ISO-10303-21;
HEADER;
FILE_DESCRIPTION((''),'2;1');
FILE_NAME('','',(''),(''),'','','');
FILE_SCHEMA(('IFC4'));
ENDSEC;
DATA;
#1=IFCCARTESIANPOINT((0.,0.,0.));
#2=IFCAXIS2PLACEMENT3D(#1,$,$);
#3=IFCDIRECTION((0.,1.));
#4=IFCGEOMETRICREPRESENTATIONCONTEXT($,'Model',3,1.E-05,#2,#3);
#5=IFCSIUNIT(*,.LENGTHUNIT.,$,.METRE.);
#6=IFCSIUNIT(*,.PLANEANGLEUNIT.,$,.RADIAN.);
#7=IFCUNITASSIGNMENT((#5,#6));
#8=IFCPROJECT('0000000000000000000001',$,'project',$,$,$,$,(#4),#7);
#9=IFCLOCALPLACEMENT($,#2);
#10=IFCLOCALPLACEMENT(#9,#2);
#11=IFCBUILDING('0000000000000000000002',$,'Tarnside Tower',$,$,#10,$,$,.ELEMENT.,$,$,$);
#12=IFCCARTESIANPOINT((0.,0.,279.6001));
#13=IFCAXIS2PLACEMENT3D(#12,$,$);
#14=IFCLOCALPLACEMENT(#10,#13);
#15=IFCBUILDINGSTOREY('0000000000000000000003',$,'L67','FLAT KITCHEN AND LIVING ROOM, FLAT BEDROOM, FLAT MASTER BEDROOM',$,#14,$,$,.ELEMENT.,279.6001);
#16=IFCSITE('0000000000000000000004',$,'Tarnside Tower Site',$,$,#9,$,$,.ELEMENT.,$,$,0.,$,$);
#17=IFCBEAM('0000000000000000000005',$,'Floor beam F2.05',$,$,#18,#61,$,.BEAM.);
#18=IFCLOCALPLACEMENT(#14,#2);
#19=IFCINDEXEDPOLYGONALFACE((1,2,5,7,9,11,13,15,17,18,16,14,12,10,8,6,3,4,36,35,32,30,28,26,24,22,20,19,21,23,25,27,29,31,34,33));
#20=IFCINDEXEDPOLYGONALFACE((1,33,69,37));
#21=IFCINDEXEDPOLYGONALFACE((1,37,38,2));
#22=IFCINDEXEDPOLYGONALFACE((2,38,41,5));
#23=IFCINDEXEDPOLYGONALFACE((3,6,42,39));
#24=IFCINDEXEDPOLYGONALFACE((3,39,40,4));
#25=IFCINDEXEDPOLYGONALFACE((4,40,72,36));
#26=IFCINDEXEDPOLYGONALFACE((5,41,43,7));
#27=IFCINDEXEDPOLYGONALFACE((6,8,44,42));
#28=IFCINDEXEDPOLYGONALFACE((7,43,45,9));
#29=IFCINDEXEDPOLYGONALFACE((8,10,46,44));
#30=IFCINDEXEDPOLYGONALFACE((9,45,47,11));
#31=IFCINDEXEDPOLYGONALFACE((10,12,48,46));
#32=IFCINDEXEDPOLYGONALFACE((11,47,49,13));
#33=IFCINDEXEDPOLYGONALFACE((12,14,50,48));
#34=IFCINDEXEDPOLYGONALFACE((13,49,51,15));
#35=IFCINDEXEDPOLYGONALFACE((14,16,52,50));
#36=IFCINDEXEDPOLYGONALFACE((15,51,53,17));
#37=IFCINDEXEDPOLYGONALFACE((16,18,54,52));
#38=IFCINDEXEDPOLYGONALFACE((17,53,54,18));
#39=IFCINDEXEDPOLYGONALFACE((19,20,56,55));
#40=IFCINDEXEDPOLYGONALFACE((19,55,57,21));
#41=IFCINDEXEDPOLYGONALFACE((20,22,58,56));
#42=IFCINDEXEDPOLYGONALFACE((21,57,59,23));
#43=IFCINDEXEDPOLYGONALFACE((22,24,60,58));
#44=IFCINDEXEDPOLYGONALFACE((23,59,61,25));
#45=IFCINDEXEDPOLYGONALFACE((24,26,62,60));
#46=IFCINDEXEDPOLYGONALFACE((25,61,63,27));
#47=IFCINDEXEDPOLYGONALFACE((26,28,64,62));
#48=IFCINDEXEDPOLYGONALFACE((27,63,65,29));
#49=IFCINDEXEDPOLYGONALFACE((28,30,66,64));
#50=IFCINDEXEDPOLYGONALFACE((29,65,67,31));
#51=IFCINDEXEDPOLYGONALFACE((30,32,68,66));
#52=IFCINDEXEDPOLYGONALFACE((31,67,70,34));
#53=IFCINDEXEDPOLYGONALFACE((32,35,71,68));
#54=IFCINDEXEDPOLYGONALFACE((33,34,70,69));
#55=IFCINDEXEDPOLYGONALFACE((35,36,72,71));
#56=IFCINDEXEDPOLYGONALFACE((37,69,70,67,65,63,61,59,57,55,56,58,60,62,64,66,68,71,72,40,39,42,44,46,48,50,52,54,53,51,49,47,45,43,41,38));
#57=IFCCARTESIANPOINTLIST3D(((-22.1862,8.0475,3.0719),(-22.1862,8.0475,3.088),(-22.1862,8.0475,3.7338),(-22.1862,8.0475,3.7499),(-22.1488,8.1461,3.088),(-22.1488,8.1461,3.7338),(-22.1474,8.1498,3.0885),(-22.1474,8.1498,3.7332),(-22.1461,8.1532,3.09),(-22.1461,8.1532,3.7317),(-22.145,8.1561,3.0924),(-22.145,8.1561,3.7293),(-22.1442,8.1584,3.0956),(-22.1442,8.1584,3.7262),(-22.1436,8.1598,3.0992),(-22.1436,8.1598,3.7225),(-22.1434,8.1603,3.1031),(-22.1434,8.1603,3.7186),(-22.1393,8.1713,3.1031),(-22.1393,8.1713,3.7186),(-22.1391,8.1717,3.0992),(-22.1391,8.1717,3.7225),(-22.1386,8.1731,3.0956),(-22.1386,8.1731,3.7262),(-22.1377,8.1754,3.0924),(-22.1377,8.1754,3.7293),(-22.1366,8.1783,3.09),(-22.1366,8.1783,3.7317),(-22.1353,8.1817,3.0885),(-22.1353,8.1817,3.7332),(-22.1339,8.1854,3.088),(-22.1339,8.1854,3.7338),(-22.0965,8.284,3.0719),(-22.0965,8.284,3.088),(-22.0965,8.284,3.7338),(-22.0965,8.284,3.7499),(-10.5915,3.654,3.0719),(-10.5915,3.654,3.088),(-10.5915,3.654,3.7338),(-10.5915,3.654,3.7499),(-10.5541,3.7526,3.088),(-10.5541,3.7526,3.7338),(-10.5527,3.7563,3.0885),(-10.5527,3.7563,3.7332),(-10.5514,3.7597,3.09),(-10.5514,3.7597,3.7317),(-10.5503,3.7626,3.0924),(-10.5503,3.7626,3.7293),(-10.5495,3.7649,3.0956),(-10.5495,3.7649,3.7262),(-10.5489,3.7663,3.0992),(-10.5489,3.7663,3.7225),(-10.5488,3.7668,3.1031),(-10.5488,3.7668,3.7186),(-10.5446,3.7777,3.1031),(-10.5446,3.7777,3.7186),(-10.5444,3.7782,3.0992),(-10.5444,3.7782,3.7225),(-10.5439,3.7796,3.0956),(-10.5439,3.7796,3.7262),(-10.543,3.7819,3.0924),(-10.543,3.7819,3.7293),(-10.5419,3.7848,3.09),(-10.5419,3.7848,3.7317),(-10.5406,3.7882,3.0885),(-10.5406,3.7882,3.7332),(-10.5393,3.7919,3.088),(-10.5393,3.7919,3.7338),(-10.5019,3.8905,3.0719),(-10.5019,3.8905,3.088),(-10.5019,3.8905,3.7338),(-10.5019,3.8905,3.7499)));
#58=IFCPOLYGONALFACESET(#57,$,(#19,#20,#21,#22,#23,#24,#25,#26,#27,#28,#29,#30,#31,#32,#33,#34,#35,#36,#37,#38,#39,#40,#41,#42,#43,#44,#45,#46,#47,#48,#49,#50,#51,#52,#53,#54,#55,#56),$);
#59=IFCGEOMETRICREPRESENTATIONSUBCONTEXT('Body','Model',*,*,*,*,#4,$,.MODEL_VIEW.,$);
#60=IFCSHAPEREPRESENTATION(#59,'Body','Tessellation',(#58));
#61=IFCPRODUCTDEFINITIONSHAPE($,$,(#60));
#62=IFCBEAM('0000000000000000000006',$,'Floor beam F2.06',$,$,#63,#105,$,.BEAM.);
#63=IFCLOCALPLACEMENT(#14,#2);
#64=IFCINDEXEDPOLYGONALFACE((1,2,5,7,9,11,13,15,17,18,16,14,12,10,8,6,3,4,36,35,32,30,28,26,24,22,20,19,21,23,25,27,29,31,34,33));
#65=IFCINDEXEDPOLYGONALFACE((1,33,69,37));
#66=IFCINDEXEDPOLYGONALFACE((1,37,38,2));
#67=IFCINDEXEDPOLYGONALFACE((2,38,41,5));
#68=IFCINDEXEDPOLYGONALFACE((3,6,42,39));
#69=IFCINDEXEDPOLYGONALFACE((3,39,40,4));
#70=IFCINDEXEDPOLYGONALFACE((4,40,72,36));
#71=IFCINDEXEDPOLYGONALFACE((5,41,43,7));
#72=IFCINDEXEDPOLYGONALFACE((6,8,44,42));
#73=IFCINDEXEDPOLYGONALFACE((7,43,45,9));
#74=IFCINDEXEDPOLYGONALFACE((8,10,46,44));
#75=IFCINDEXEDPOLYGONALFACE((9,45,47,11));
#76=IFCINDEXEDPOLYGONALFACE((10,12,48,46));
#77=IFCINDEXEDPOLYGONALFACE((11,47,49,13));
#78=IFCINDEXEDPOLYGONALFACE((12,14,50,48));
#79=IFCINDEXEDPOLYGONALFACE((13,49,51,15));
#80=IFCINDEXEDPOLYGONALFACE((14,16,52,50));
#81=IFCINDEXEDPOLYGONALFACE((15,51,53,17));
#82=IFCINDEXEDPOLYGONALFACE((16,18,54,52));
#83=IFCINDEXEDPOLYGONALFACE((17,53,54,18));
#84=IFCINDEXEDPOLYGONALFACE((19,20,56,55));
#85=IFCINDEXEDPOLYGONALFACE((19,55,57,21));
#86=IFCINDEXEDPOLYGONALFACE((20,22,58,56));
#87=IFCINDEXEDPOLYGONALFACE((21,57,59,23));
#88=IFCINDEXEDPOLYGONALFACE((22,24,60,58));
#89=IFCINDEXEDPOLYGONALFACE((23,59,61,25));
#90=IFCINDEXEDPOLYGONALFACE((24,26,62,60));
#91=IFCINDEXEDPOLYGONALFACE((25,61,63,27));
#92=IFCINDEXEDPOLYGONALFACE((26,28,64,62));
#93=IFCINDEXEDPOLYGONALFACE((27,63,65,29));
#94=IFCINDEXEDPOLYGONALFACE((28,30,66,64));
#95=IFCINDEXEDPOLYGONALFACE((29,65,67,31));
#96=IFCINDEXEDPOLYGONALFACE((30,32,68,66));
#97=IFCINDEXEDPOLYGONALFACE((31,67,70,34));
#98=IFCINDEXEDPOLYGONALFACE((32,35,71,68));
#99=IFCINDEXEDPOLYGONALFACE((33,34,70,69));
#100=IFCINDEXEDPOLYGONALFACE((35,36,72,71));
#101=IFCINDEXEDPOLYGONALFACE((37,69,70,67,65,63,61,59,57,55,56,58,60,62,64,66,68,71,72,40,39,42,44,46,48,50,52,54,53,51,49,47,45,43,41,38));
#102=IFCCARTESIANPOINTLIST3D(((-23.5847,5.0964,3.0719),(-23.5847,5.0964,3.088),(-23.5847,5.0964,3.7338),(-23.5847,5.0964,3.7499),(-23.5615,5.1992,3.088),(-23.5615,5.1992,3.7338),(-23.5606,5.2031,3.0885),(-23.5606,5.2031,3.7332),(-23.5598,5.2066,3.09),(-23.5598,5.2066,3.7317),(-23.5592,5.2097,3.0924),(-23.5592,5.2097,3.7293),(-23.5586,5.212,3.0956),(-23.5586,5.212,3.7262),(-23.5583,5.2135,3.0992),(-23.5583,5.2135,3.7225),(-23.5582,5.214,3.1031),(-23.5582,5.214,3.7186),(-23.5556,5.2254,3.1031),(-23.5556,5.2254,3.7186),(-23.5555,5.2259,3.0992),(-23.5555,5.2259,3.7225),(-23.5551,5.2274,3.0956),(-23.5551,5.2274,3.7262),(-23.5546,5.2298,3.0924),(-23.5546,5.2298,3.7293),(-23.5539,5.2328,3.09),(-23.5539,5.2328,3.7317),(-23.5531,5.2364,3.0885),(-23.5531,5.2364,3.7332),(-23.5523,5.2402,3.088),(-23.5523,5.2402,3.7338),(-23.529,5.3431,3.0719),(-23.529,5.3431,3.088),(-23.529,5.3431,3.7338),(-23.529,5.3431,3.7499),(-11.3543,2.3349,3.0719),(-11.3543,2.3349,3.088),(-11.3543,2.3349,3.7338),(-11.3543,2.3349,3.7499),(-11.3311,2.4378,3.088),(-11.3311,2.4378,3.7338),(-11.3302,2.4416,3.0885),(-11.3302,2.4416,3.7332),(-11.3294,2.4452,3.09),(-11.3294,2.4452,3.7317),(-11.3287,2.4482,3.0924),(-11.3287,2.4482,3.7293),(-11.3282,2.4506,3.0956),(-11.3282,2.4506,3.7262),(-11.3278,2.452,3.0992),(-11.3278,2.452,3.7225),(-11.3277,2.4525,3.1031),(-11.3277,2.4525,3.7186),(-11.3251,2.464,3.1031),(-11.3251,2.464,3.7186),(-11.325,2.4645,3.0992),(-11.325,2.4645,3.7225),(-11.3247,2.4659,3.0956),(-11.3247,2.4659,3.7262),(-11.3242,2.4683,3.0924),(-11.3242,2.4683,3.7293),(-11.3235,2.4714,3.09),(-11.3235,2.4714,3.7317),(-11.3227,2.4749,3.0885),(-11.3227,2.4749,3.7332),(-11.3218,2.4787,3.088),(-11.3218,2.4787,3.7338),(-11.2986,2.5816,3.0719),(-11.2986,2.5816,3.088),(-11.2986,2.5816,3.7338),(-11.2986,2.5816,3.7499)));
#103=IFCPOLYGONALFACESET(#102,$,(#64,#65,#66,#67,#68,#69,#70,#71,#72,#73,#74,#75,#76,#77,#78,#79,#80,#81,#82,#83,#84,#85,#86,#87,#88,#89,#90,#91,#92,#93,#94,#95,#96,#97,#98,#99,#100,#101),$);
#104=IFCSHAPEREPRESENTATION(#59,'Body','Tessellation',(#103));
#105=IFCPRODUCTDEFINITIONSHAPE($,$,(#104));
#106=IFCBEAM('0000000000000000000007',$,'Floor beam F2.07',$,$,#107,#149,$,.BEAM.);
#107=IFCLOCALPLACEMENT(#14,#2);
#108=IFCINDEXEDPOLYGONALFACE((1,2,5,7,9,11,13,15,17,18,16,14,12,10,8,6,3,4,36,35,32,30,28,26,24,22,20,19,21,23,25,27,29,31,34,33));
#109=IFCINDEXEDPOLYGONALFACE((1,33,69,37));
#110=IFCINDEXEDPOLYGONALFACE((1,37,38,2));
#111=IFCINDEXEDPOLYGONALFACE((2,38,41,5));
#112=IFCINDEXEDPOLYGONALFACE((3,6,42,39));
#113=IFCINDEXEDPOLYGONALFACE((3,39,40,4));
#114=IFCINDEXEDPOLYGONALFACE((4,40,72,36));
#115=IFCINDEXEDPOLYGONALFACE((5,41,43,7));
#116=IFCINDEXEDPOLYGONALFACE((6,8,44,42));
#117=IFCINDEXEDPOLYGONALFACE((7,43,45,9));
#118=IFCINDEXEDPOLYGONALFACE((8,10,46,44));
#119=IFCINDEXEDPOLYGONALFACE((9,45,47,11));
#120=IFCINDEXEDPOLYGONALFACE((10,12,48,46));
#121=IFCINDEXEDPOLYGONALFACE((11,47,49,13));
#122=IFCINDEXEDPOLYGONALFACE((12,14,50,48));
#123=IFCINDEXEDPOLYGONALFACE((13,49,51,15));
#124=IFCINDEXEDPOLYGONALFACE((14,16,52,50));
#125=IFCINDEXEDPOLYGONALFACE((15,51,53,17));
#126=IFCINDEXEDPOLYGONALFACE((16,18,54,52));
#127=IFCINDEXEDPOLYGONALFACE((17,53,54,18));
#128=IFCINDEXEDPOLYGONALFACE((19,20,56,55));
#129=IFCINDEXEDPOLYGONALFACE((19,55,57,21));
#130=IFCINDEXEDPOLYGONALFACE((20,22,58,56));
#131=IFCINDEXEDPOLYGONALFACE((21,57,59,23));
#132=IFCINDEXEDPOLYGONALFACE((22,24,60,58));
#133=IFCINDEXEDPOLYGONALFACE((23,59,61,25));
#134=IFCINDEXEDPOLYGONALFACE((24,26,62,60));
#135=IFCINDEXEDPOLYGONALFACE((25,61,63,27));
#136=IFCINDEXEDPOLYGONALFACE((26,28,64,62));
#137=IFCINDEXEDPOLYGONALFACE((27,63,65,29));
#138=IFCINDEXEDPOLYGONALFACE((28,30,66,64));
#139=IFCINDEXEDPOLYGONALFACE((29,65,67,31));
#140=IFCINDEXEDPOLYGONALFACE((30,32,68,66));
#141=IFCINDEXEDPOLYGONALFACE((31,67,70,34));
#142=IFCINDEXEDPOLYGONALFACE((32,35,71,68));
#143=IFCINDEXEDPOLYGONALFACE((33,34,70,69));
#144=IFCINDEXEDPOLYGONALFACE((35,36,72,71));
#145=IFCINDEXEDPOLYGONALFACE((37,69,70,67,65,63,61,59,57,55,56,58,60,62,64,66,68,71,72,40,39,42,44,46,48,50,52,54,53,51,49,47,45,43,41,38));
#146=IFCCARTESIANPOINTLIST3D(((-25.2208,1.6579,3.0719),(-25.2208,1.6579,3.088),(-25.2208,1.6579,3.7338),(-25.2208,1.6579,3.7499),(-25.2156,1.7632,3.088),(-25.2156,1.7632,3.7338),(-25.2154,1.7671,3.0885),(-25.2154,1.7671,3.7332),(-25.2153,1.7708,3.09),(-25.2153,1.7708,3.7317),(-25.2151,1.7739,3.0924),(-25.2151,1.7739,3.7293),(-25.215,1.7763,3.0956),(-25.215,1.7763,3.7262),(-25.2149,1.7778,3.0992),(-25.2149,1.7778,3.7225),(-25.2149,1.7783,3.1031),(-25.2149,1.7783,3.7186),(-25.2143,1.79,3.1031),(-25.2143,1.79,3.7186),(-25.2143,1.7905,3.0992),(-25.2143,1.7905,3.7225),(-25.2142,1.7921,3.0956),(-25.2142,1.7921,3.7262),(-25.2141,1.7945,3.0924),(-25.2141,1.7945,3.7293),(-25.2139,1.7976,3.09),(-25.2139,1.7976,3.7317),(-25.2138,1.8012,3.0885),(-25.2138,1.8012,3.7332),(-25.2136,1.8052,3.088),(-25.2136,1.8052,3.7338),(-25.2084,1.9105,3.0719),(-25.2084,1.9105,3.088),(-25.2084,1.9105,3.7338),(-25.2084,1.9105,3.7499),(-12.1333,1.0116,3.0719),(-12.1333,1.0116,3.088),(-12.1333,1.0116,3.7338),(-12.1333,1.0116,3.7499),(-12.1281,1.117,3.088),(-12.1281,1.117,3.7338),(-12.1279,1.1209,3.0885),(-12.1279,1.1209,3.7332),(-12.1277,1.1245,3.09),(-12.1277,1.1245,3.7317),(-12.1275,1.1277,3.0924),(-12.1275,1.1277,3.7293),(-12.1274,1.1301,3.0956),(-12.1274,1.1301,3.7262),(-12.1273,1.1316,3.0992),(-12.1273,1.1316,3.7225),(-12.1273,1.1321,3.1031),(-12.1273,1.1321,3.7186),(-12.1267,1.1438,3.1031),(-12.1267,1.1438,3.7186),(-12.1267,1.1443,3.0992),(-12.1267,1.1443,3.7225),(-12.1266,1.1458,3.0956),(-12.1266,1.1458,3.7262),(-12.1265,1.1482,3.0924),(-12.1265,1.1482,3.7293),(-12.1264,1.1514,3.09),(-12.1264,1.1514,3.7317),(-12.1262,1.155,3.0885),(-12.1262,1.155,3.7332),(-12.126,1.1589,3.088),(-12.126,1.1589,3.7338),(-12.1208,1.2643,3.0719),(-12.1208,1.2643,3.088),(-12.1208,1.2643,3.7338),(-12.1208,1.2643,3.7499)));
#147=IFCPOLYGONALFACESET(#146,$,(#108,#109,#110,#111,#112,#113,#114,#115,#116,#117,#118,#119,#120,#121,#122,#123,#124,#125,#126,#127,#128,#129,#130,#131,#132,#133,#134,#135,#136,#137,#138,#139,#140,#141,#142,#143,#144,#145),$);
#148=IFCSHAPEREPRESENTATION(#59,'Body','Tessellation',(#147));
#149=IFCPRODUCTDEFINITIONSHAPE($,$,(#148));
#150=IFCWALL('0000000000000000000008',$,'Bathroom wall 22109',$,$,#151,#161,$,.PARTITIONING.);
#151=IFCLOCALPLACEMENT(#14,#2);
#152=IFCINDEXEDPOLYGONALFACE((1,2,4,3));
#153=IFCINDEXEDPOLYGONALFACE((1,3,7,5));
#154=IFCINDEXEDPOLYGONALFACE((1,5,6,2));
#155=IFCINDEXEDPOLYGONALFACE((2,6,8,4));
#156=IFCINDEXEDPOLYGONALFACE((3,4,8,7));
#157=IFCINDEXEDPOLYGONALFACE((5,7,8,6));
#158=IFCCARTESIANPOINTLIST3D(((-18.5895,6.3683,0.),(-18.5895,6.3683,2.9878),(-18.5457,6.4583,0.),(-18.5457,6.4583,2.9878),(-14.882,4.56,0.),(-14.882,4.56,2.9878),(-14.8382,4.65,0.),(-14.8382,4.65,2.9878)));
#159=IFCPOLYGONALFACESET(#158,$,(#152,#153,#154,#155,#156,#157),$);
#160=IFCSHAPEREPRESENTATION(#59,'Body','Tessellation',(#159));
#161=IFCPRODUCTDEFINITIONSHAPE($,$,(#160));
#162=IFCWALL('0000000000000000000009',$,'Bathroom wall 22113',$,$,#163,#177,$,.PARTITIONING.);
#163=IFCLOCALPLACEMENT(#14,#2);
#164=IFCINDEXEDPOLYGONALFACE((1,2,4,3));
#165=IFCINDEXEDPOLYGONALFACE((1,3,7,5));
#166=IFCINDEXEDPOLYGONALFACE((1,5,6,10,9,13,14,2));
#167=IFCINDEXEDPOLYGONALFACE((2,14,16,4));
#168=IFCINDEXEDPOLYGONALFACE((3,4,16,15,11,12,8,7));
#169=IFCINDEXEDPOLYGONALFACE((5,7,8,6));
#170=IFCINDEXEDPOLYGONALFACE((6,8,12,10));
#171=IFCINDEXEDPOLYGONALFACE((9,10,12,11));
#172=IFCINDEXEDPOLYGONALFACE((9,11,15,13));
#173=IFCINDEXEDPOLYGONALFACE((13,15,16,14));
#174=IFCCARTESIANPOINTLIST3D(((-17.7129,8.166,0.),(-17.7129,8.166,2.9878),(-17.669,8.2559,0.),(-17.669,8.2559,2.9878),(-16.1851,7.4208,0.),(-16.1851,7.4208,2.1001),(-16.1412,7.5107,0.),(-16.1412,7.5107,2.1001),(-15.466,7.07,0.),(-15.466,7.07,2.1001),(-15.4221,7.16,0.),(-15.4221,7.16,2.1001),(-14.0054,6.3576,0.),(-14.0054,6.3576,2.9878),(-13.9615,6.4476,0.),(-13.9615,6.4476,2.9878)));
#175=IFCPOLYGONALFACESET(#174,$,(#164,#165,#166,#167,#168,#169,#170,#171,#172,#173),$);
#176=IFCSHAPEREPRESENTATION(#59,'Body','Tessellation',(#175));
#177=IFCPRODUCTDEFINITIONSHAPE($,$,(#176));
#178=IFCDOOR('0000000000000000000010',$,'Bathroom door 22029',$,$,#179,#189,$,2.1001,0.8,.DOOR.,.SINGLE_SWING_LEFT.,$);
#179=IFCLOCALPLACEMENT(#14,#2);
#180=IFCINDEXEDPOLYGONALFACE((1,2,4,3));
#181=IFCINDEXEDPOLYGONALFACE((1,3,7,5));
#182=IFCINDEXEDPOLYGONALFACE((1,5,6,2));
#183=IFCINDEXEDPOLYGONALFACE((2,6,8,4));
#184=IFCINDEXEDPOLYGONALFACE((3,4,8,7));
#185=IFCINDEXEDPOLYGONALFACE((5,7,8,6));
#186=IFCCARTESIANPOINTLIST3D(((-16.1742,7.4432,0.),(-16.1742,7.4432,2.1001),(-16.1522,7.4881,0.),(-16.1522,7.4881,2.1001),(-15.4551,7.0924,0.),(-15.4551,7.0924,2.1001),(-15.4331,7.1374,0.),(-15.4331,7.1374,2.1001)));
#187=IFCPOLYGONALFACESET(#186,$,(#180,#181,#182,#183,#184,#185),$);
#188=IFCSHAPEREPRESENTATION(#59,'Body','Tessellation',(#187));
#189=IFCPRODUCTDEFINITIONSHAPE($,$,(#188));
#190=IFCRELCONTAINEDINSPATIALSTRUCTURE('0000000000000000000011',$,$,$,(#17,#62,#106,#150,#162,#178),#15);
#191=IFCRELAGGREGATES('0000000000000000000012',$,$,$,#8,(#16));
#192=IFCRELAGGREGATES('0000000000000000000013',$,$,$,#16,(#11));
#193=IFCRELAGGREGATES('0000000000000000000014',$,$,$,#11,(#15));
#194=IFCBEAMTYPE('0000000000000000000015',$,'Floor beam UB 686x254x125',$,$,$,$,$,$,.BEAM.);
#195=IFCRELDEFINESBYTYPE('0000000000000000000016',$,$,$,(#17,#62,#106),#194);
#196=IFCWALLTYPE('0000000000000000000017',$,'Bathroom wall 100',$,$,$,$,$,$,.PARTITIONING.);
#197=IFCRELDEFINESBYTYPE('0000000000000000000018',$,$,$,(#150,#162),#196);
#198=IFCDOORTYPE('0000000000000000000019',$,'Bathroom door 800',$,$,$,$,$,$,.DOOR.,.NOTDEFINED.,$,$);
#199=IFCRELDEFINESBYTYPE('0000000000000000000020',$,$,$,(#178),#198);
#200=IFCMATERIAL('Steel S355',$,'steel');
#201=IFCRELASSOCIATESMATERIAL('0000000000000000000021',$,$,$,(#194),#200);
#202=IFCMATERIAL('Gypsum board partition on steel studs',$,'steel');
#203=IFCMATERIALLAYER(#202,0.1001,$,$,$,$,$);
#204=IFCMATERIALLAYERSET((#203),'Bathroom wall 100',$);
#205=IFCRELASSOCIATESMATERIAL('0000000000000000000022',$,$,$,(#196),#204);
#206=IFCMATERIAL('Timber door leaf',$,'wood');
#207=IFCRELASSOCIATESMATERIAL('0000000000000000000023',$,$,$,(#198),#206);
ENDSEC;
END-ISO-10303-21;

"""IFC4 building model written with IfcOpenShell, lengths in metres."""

from ifc_helpers import new_model, si_unit, direction, frame, frame_2d, origin, origin_2d, place, context, subcontext, project, spatial, rectangle, i_section, extrude, material, layer, layer_set, material_profile, profile_set, type_object, element, fill, save


model = new_model("IFC4")

# Units and contexts
model_context = context("Model", 3, precision=1e-05, world=origin(), true_north=direction((0.0, 1.0)))
body_context = subcontext(model_context, "Body", "Model", "MODEL_VIEW")
ifc_project = project(units=[si_unit("LENGTHUNIT", "METRE"), si_unit("PLANEANGLEUNIT", "RADIAN")], contexts=[model_context])

# Site, building, storey
site_placement = place(None, origin())
site = spatial("IfcSite", under=ifc_project, at=site_placement, Name="Tarnside Tower Site", CompositionType="ELEMENT", RefElevation=0.0)
building_placement = place(site_placement, origin())
building = spatial("IfcBuilding", under=site, at=building_placement, Name="Tarnside Tower", CompositionType="ELEMENT")
storey_placement = place(building_placement, frame((0.0, 0.0, 279.6001)))
storey = spatial("IfcBuildingStorey", under=building, at=storey_placement, Name="L67", Description="FLAT KITCHEN AND LIVING ROOM, FLAT BEDROOM, FLAT MASTER BEDROOM", CompositionType="ELEMENT", Elevation=279.6001)

# Beams
ifc_material_1 = material(Name="Steel S355", Category="steel")
ifc_material_profile = material_profile(ifc_material_1, i_section(OverallWidth=0.2529, OverallDepth=0.678, WebThickness=0.0117, FlangeThickness=0.0161, FilletRadius=0.0151, at=origin_2d()), Name="UB 686x254x125")
ifc_profile_set = profile_set([ifc_material_profile], Name="Steel S355")
beam_type = type_object("IfcBeamType", Name="Floor beam UB 686x254x125", PredefinedType="BEAM", material=ifc_profile_set)
beam_1_placement = place(storey_placement, frame((-22.1414, 8.1658, 3.4109), z_axis=(0.935116, -0.354341, 0.0), x_axis=(0.354341, 0.935116, 0.0)))
element("IfcBeam", 1, at=beam_1_placement, inside=storey, type_object=beam_type, Name="Floor beam F2.05", PredefinedType="BEAM", context=body_context, shape_type="SweptSolid", body=[
    extrude(i_section(OverallWidth=0.2529, OverallDepth=0.678, WebThickness=0.0117, FlangeThickness=0.0161, FilletRadius=0.0151, at=origin_2d()), origin(), (0.0, 0.0, 1.0), 12.3992),
])
beam_2_placement = place(storey_placement, frame((-23.5569, 5.2197, 3.4109), z_axis=(0.975445, -0.220242, 0.0), x_axis=(0.220242, 0.975445, 0.0)))
element("IfcBeam", 2, at=beam_2_placement, inside=storey, type_object=beam_type, Name="Floor beam F2.06", PredefinedType="BEAM", context=body_context, shape_type="SweptSolid", body=[
    extrude(i_section(OverallWidth=0.2529, OverallDepth=0.678, WebThickness=0.0117, FlangeThickness=0.0161, FilletRadius=0.0151, at=origin_2d()), origin(), (0.0, 0.0, 1.0), 12.5383),
])
beam_3_placement = place(storey_placement, frame((-25.2146, 1.7842, 3.4109), z_axis=(0.998783, -0.049318, 0.0), x_axis=(0.049318, 0.998783, 0.0)))
element("IfcBeam", 3, at=beam_3_placement, inside=storey, type_object=beam_type, Name="Floor beam F2.07", PredefinedType="BEAM", context=body_context, shape_type="SweptSolid", body=[
    extrude(i_section(OverallWidth=0.2529, OverallDepth=0.678, WebThickness=0.0117, FlangeThickness=0.0161, FilletRadius=0.0151, at=origin_2d()), origin(), (0.0, 0.0, 1.0), 13.1035),
])

# Wall
ifc_material_2 = material(Name="Gypsum board partition on steel studs", Category="steel")
ifc_layer_1 = layer(ifc_material_2, 0.1001)
ifc_layer_set_1 = layer_set([ifc_layer_1], Name="Bathroom wall 100")
wall_type_1 = type_object("IfcWallType", Name="Bathroom wall 100", PredefinedType="PARTITIONING", material=ifc_layer_set_1)
wall_1_placement = place(storey_placement, frame((-14.8601, 4.605, 0.0), z_axis=(0.0, 0.0, 1.0), x_axis=(-0.898787, 0.438385, 0.0)))
element("IfcWall", 4, at=wall_1_placement, inside=storey, type_object=wall_type_1, Name="Bathroom wall 22109", PredefinedType="PARTITIONING", context=body_context, shape_type="SweptSolid", body=[
    extrude(rectangle(XDim=4.125, YDim=0.1001, at=frame_2d((2.0625, 0.0))), origin(), (0.0, 0.0, 1.0), 2.9878),
])

# Wall, opening, door
wall_2_placement = place(storey_placement, frame((-17.6909, 8.2109, 0.0), z_axis=(0.0, 0.0, 1.0), x_axis=(0.898787, -0.438385, 0.0)))
wall_2 = element("IfcWall", 5, at=wall_2_placement, inside=storey, type_object=wall_type_1, Name="Bathroom wall 22113", PredefinedType="PARTITIONING", context=body_context, shape_type="SweptSolid", body=[
    extrude(rectangle(XDim=4.125, YDim=0.1001, at=frame_2d((2.0625, 0.0))), origin(), (0.0, 0.0, 1.0), 2.9878),
])
opening_1_placement = place(wall_2_placement, frame((1.7, 0.0, 0.0)))
opening_1 = element("IfcOpeningElement", 6, at=opening_1_placement, cuts=wall_2, PredefinedType="OPENING", context=body_context, shape_type="SweptSolid", body=[
    extrude(rectangle(XDim=0.8, YDim=2.1001, at=frame_2d((0.3999, 1.05))), frame((0.0, 0.0601, 0.0), z_axis=(0.0, -1.0, 0.0), x_axis=(1.0, 0.0, 0.0)), (0.0, 0.0, 1.0), 0.1201),
])
ifc_material_3 = material(Name="Timber door leaf", Category="wood")
door_type_1 = type_object("IfcDoorType", Name="Bathroom door 800", OperationType="NOTDEFINED", PredefinedType="DOOR", material=ifc_material_3)
door_1_placement = place(opening_1_placement, origin())
door_1 = element("IfcDoor", 7, at=door_1_placement, inside=storey, type_object=door_type_1, Name="Bathroom door 22029", OperationType="SINGLE_SWING_LEFT", OverallHeight=2.1001, OverallWidth=0.8, PredefinedType="DOOR", context=body_context, shape_type="SweptSolid", body=[
    extrude(rectangle(XDim=0.8, YDim=2.1001, at=frame_2d((0.3999, 1.05))), frame((0.0, 0.0249, 0.0), z_axis=(0.0, -1.0, 0.0), x_axis=(1.0, 0.0, 0.0)), (0.0, 0.0, 1.0), 0.05),
])
fill(opening_1, door_1)

save(model, "model.ifc")
